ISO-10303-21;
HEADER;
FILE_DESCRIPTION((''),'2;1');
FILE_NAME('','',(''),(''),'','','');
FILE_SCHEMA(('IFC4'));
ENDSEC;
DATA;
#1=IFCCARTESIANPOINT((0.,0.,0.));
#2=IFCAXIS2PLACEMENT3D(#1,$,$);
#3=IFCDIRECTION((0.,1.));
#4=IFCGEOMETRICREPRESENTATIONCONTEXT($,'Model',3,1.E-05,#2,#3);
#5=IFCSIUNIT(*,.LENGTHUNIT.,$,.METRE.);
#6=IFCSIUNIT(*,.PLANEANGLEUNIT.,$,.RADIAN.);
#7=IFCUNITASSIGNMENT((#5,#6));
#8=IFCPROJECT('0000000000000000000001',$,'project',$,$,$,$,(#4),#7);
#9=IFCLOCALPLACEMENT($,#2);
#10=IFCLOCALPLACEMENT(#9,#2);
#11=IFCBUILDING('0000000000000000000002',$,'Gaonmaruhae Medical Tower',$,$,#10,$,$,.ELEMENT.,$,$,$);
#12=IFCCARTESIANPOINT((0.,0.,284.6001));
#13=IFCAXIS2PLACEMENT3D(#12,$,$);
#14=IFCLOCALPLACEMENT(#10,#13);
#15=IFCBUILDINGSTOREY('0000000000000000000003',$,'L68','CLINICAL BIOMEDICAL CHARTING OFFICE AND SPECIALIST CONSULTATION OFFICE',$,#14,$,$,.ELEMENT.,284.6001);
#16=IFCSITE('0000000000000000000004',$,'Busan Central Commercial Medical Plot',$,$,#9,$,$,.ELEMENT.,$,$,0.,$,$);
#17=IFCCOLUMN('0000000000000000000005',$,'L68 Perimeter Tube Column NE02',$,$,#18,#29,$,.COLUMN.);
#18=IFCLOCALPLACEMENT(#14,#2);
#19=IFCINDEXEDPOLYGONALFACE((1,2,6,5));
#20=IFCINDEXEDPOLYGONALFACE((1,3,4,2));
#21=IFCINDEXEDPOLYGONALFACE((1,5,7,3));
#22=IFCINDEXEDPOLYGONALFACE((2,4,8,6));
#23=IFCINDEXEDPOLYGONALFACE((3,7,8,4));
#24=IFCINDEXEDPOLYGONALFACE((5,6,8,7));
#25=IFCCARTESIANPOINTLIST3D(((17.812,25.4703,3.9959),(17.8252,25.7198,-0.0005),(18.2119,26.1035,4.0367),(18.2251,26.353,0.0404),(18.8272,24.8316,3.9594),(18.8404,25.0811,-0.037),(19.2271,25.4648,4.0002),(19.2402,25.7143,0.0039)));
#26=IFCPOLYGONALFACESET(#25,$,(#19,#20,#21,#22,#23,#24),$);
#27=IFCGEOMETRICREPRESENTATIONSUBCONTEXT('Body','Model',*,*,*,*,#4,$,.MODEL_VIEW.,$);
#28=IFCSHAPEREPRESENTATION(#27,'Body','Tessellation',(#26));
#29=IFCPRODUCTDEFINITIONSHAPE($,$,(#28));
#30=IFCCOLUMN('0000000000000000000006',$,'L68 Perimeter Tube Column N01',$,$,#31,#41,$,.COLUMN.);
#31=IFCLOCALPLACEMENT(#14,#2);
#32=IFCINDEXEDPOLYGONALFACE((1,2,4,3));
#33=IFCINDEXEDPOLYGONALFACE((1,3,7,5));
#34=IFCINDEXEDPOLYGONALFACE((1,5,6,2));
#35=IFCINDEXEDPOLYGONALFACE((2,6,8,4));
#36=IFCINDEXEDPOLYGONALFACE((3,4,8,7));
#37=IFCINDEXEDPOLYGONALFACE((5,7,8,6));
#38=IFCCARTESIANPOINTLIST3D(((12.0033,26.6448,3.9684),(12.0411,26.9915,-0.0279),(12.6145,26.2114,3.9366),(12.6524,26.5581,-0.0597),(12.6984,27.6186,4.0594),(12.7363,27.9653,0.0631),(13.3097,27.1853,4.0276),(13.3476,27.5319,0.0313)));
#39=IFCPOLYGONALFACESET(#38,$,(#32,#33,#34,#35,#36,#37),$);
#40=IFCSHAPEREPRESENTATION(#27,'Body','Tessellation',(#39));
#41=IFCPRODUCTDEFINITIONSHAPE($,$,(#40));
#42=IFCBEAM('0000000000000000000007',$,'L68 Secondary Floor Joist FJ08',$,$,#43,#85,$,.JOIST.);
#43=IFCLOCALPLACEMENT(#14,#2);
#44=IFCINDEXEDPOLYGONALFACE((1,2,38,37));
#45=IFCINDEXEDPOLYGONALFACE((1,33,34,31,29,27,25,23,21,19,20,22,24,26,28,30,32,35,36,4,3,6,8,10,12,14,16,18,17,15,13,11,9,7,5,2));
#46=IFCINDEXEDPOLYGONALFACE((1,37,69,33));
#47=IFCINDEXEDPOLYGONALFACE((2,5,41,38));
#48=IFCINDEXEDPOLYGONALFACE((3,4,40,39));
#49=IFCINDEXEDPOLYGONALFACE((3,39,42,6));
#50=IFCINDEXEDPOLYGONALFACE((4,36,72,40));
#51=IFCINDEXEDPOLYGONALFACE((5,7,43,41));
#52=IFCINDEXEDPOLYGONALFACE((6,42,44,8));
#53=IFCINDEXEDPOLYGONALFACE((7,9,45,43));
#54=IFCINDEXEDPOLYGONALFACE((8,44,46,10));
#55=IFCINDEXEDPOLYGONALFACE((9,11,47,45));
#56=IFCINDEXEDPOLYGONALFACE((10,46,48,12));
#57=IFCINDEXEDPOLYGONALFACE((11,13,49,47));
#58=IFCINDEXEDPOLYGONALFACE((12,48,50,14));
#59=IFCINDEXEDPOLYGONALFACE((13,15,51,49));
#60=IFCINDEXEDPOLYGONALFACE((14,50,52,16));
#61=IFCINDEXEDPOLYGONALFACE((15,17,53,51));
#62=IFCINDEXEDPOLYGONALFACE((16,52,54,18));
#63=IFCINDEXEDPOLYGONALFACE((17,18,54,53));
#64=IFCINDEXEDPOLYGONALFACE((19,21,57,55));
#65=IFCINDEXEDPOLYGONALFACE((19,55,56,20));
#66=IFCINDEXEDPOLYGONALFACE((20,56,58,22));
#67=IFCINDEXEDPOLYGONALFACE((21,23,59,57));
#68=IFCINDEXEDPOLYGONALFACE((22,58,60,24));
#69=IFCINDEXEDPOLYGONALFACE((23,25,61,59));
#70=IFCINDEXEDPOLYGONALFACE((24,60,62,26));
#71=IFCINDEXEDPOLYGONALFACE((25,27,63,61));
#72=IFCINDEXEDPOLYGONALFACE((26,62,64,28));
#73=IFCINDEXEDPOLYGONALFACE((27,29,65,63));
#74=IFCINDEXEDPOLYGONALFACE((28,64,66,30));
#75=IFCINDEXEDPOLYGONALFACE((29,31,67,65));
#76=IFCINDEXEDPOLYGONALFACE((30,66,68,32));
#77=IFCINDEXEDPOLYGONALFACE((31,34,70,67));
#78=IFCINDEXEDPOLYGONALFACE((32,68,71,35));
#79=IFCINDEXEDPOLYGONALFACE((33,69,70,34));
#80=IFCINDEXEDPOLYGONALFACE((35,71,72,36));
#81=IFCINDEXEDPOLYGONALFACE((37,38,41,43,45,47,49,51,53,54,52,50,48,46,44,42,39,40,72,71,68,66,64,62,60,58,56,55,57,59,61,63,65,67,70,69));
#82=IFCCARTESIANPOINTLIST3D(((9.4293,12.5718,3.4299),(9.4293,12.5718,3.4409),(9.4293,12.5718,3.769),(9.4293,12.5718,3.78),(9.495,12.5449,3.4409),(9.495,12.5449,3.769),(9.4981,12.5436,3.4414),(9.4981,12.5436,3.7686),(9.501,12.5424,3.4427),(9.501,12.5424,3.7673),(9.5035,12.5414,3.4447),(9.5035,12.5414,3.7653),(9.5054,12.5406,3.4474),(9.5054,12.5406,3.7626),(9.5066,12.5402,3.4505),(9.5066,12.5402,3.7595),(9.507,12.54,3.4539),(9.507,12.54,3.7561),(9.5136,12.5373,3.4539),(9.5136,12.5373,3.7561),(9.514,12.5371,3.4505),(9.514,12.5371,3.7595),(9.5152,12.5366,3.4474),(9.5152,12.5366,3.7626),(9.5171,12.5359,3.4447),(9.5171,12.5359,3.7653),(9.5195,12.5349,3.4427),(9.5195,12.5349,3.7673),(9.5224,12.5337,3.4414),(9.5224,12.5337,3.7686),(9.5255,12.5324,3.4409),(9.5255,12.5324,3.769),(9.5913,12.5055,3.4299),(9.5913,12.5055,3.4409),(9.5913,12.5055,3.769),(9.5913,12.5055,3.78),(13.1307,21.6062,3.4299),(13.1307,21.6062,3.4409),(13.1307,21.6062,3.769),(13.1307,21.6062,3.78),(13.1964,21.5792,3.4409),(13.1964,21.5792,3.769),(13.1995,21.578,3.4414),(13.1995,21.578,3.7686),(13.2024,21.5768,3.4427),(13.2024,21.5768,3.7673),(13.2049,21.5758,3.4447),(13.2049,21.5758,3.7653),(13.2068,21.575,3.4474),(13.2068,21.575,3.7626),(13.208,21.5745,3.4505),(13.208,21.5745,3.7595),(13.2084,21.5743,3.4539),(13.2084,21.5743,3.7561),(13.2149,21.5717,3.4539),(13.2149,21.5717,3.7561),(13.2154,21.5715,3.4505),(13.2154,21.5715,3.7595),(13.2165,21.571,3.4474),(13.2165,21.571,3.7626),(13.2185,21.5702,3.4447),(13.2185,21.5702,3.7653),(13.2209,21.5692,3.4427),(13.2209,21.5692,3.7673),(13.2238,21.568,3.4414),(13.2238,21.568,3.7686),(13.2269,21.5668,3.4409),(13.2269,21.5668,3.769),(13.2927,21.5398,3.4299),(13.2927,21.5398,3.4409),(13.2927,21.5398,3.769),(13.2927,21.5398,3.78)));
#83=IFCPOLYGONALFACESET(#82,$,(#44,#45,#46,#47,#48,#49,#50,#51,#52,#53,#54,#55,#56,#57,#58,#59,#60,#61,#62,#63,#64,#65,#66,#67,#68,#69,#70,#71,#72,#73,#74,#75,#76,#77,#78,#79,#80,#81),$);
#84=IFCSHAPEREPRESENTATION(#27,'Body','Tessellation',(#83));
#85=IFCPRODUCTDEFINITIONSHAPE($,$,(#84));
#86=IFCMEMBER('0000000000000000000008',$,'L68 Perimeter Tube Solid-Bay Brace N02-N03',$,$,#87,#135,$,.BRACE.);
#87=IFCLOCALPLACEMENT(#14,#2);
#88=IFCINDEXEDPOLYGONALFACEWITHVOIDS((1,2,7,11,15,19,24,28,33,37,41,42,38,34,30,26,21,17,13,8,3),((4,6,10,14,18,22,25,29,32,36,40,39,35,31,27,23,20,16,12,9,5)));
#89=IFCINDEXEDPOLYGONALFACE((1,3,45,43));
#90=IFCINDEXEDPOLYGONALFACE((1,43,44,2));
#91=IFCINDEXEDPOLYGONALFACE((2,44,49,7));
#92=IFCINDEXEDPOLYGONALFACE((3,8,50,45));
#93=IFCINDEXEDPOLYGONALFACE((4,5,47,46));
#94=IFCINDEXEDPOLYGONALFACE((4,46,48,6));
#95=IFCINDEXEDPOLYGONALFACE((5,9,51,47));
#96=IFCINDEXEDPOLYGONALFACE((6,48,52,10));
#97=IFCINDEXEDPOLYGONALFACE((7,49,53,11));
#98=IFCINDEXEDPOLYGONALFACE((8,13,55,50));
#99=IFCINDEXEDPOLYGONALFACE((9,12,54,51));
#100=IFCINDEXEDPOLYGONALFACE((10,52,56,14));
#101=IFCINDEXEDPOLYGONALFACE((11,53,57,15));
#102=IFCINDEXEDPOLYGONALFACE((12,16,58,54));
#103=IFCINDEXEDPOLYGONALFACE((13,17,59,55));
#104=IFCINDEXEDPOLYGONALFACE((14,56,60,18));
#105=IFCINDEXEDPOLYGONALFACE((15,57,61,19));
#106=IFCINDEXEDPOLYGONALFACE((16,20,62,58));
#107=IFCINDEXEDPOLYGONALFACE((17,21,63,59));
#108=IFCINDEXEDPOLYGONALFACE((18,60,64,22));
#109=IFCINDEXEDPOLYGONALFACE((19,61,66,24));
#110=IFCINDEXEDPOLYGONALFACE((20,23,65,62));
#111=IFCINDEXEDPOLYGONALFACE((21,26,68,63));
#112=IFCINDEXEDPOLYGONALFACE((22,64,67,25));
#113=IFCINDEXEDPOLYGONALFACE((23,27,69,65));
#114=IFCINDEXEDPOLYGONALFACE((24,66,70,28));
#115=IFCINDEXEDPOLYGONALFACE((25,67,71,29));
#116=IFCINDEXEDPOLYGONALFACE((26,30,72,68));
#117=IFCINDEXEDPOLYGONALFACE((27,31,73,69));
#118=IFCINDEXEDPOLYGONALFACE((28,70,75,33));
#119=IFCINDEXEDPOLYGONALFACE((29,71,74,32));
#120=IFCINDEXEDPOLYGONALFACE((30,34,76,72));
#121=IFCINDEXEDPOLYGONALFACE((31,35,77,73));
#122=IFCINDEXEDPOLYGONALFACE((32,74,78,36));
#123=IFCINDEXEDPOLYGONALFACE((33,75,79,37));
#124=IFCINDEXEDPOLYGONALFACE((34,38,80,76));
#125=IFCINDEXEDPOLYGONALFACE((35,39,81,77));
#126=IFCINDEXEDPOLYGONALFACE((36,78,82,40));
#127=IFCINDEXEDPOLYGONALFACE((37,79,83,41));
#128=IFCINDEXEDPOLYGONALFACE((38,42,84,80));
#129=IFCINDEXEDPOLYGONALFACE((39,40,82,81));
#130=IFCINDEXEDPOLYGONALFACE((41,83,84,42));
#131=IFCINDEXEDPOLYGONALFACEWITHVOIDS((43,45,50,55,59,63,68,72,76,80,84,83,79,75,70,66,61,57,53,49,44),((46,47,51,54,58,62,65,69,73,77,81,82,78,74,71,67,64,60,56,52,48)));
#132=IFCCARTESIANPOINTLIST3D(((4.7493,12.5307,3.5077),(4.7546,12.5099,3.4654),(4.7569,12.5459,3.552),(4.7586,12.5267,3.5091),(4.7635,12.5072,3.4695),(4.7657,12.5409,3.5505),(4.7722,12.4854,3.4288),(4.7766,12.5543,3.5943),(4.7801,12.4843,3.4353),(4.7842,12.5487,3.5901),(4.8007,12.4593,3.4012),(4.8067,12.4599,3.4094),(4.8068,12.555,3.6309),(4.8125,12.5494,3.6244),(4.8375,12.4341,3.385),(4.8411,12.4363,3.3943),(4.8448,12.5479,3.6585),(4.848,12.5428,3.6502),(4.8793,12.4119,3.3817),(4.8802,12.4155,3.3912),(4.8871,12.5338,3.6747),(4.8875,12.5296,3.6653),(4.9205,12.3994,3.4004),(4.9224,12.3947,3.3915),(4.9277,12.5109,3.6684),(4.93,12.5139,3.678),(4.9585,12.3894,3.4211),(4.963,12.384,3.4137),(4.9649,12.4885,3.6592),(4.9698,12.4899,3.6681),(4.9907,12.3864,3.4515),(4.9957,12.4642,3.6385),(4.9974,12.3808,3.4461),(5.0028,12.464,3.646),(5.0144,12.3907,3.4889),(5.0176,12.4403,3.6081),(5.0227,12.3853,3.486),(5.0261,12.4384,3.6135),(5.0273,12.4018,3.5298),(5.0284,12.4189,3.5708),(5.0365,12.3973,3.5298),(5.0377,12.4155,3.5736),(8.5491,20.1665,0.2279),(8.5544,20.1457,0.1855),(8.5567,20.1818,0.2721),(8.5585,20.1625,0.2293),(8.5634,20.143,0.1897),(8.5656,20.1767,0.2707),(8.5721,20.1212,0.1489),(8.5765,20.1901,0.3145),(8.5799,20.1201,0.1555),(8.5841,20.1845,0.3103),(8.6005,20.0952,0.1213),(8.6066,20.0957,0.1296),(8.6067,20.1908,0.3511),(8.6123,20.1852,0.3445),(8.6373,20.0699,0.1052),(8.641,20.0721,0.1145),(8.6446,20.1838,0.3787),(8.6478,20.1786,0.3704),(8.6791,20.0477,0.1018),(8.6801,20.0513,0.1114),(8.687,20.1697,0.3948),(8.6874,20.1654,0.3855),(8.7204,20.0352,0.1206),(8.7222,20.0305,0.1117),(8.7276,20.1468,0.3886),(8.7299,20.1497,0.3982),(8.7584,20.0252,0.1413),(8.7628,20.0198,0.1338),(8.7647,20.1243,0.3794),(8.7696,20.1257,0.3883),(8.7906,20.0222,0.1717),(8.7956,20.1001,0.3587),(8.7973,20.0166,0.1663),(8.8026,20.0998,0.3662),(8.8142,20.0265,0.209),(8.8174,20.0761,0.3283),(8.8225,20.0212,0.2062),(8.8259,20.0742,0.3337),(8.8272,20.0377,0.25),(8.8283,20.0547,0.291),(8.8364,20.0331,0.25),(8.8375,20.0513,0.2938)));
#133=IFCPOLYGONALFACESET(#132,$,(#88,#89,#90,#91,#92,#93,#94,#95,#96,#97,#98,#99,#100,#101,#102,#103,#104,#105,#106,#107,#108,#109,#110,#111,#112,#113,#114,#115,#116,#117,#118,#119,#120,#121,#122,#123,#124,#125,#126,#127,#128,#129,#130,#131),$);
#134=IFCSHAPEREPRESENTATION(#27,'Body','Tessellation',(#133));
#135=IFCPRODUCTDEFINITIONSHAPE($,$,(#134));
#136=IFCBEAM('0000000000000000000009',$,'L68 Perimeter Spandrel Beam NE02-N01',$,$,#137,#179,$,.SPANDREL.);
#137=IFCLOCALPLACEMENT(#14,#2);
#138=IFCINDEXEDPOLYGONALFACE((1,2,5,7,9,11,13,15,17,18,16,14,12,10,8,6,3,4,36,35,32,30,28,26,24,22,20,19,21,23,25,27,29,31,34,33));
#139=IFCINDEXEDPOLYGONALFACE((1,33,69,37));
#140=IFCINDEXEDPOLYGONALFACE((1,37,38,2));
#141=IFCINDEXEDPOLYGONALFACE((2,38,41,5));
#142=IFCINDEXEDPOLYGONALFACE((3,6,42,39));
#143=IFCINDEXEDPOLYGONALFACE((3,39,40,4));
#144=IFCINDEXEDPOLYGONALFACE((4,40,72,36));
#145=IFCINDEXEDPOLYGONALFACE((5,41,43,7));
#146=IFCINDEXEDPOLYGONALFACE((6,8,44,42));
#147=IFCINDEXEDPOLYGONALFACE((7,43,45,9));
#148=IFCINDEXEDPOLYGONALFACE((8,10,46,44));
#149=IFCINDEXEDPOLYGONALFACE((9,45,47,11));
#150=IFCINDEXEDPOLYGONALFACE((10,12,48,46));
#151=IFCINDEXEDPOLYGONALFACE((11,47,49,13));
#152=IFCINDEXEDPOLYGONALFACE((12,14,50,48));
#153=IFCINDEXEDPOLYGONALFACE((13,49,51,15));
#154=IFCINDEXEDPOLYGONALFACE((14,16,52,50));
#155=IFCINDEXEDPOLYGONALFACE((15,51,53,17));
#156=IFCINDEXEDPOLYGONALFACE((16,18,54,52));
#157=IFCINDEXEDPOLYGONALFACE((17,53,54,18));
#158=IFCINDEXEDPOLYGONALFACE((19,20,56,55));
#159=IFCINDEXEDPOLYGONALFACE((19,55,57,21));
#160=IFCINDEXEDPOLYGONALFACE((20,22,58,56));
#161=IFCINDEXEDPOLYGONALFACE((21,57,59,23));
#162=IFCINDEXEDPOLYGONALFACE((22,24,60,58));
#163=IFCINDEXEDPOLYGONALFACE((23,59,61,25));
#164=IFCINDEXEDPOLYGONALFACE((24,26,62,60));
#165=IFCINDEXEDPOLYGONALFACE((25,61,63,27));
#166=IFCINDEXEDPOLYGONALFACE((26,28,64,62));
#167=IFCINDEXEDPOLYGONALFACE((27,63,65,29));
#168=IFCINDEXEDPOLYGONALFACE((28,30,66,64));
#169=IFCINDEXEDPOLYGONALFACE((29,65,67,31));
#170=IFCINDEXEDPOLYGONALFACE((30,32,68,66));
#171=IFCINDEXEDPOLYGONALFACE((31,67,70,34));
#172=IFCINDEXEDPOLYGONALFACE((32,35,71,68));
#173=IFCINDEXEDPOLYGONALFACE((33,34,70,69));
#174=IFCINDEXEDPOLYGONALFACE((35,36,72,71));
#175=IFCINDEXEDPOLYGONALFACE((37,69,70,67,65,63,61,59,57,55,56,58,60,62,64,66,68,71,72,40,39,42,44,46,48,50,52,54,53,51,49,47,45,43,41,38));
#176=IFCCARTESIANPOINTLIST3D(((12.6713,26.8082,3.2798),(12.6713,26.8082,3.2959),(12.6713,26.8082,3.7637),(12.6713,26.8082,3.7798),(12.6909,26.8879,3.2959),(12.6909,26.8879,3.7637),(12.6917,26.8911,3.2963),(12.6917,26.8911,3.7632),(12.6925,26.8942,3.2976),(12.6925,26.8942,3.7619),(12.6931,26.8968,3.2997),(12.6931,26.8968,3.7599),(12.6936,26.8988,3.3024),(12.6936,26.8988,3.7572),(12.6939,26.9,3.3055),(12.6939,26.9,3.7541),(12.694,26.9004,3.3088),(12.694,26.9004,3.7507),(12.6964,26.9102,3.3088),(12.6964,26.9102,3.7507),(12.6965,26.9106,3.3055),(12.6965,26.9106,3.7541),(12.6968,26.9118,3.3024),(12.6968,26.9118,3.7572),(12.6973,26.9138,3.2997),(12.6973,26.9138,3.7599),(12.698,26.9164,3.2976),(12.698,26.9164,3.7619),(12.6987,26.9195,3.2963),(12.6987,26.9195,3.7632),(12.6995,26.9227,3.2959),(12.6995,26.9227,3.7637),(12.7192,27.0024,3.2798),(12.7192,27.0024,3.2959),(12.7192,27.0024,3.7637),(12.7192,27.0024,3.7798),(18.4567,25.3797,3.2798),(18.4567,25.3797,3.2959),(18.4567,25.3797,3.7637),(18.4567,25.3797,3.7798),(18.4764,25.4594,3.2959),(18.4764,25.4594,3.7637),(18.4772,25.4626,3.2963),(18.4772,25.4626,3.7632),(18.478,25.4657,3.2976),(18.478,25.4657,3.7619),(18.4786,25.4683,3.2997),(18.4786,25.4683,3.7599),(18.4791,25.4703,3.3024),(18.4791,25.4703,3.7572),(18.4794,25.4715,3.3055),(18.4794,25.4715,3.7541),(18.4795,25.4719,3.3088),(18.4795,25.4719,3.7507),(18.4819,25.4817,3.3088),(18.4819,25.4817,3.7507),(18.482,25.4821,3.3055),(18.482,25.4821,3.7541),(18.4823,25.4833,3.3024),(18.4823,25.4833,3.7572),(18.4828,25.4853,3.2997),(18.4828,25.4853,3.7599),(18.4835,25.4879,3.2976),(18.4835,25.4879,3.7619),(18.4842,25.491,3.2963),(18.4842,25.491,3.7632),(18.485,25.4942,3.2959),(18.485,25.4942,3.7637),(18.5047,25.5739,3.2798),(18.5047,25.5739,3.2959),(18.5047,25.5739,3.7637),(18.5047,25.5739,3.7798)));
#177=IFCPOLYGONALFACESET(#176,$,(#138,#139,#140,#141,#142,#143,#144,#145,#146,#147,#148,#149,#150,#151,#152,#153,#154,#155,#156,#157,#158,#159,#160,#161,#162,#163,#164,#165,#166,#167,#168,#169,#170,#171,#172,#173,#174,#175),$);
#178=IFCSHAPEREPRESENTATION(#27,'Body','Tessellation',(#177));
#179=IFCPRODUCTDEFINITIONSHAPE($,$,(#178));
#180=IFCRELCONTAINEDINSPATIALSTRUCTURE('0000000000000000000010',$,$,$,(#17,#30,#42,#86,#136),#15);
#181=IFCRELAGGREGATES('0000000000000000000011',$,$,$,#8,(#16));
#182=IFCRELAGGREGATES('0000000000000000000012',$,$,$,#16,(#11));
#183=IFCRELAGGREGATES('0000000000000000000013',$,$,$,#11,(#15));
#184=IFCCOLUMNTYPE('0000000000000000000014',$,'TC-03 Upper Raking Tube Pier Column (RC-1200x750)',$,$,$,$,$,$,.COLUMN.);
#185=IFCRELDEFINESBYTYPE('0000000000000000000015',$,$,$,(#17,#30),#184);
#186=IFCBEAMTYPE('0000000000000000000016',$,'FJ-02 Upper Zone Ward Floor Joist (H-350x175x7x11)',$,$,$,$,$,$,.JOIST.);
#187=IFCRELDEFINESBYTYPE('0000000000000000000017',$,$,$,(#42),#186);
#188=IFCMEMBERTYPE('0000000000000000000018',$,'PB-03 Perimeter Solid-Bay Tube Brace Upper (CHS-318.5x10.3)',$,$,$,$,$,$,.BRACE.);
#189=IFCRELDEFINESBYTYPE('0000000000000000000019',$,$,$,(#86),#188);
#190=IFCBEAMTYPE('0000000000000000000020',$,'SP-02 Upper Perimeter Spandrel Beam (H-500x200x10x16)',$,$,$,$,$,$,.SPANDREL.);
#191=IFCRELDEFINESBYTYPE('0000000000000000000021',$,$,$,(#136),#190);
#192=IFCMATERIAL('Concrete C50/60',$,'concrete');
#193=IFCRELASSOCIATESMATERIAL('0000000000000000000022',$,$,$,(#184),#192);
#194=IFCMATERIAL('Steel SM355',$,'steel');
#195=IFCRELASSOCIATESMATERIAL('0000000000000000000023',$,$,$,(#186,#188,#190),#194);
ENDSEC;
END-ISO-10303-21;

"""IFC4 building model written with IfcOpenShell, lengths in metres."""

from ifc_helpers import new_model, si_unit, direction, frame, origin, origin_2d, place, context, subcontext, project, spatial, rectangle, hollow_circle, i_section, extrude, material, material_profile, profile_set, type_object, element, save


model = new_model("IFC4")

# Units and contexts
model_context = context("Model", 3, precision=1e-05, world=origin(), true_north=direction((0.0, 1.0)))
body_context = subcontext(model_context, "Body", "Model", "MODEL_VIEW")
ifc_project = project(units=[si_unit("LENGTHUNIT", "METRE"), si_unit("PLANEANGLEUNIT", "RADIAN")], contexts=[model_context])

# Site, building, storey
site_placement = place(None, origin())
site = spatial("IfcSite", under=ifc_project, at=site_placement, Name="Busan Central Commercial Medical Plot", CompositionType="ELEMENT", RefElevation=0.0)
building_placement = place(site_placement, origin())
building = spatial("IfcBuilding", under=site, at=building_placement, Name="Gaonmaruhae Medical Tower", CompositionType="ELEMENT")
storey_placement = place(building_placement, frame((0.0, 0.0, 284.6001)))
storey = spatial("IfcBuildingStorey", under=building, at=storey_placement, Name="L68", Description="CLINICAL BIOMEDICAL CHARTING OFFICE AND SPECIALIST CONSULTATION OFFICE", CompositionType="ELEMENT", Elevation=284.6001)

# Columns
ifc_material_1 = material(Name="Concrete C50/60", Category="concrete")
ifc_material_profile_1 = material_profile(ifc_material_1, rectangle(XDim=1.2, YDim=0.75, at=origin_2d()), Name="RC-1200x750")
ifc_profile_set_1 = profile_set([ifc_material_profile_1], Name="Concrete C50/60")
column_type = type_object("IfcColumnType", Name="TC-03 Upper Raking Tube Pier Column (RC-1200x750)", PredefinedType="COLUMN", material=ifc_profile_set_1)
column_1_placement = place(storey_placement, frame((18.5327, 25.717, 0.0017), z_axis=(-0.003292, -0.062313, 0.998051), x_axis=(-0.846015, 0.532289, 0.030443)))
element("IfcColumn", 1, at=column_1_placement, inside=storey, type_object=column_type, Name="L68 Perimeter Tube Column NE02", PredefinedType="COLUMN", context=body_context, shape_type="SweptSolid", body=[
    extrude(rectangle(XDim=1.2, YDim=0.75, at=origin_2d()), origin(), (0.0, 0.0, 1.0), 4.0042),
])
column_2_placement = place(storey_placement, frame((12.6943, 27.2617, 0.0017), z_axis=(-0.009433, -0.086421, 0.996214), x_axis=(0.579342, 0.811545, 0.075887)))
element("IfcColumn", 2, at=column_2_placement, inside=storey, type_object=column_type, Name="L68 Perimeter Tube Column N01", PredefinedType="COLUMN", context=body_context, shape_type="SweptSolid", body=[
    extrude(rectangle(XDim=1.2, YDim=0.75, at=origin_2d()), origin(), (0.0, 0.0, 1.0), 4.0115),
])

# Beam
ifc_material_2 = material(Name="Steel SM355", Category="steel")
ifc_material_profile_2 = material_profile(ifc_material_2, i_section(OverallWidth=0.175, OverallDepth=0.3501, WebThickness=0.0071, FlangeThickness=0.011, FilletRadius=0.0129, at=origin_2d()), Name="H-350x175x7x11")
ifc_profile_set_2 = profile_set([ifc_material_profile_2], Name="Steel SM355")
beam_type_1 = type_object("IfcBeamType", Name="FJ-02 Upper Zone Ward Floor Joist (H-350x175x7x11)", PredefinedType="JOIST", material=ifc_profile_set_2)
beam_1_placement = place(storey_placement, frame((13.2117, 21.573, 3.605), z_axis=(-0.379117, -0.925349, 0.0), x_axis=(0.925349, -0.379117, 0.0)))
element("IfcBeam", 3, at=beam_1_placement, inside=storey, type_object=beam_type_1, Name="L68 Secondary Floor Joist FJ08", PredefinedType="JOIST", context=body_context, shape_type="SweptSolid", body=[
    extrude(i_section(OverallWidth=0.175, OverallDepth=0.3501, WebThickness=0.0071, FlangeThickness=0.011, FilletRadius=0.0129, at=origin_2d()), origin(), (0.0, 0.0, 1.0), 9.7632),
])

# Member
ifc_material_profile_3 = material_profile(ifc_material_2, hollow_circle(Radius=0.1592, WallThickness=0.0103, at=origin_2d()), Name="CHS-318.5x10.3")
ifc_profile_set_3 = profile_set([ifc_material_profile_3], Name="Steel SM355")
member_type = type_object("IfcMemberType", Name="PB-03 Perimeter Solid-Bay Tube Brace Upper (CHS-318.5x10.3)", PredefinedType="BRACE", material=ifc_profile_set_3)
member_placement = place(storey_placement, frame((8.6938, 20.104, 0.25), z_axis=(-0.415832, -0.835618, 0.358924), x_axis=(0.895273, -0.445518, 0.0)))
element("IfcMember", 4, at=member_placement, inside=storey, type_object=member_type, Name="L68 Perimeter Tube Solid-Bay Brace N02-N03", PredefinedType="BRACE", context=body_context, shape_type="SweptSolid", body=[
    extrude(hollow_circle(Radius=0.1592, WallThickness=0.0103, at=origin_2d()), origin(), (0.0, 0.0, 1.0), 9.1379),
])

# Beam
ifc_material_profile_4 = material_profile(ifc_material_2, i_section(OverallWidth=0.2, OverallDepth=0.5, WebThickness=0.01, FlangeThickness=0.0161, FilletRadius=0.0129, at=origin_2d()), Name="H-500x200x10x16")
ifc_profile_set_4 = profile_set([ifc_material_profile_4], Name="Steel SM355")
beam_type_2 = type_object("IfcBeamType", Name="SP-02 Upper Perimeter Spandrel Beam (H-500x200x10x16)", PredefinedType="SPANDREL", material=ifc_profile_set_4)
beam_2_placement = place(storey_placement, frame((18.4807, 25.4768, 3.5298), z_axis=(-0.970845, 0.23971, 0.0), x_axis=(-0.23971, -0.970845, 0.0)))
element("IfcBeam", 5, at=beam_2_placement, inside=storey, type_object=beam_type_2, Name="L68 Perimeter Spandrel Beam NE02-N01", PredefinedType="SPANDREL", context=body_context, shape_type="SweptSolid", body=[
    extrude(i_section(OverallWidth=0.2, OverallDepth=0.5, WebThickness=0.01, FlangeThickness=0.0161, FilletRadius=0.0129, at=origin_2d()), origin(), (0.0, 0.0, 1.0), 5.9592),
])

save(model, "model.ifc")
